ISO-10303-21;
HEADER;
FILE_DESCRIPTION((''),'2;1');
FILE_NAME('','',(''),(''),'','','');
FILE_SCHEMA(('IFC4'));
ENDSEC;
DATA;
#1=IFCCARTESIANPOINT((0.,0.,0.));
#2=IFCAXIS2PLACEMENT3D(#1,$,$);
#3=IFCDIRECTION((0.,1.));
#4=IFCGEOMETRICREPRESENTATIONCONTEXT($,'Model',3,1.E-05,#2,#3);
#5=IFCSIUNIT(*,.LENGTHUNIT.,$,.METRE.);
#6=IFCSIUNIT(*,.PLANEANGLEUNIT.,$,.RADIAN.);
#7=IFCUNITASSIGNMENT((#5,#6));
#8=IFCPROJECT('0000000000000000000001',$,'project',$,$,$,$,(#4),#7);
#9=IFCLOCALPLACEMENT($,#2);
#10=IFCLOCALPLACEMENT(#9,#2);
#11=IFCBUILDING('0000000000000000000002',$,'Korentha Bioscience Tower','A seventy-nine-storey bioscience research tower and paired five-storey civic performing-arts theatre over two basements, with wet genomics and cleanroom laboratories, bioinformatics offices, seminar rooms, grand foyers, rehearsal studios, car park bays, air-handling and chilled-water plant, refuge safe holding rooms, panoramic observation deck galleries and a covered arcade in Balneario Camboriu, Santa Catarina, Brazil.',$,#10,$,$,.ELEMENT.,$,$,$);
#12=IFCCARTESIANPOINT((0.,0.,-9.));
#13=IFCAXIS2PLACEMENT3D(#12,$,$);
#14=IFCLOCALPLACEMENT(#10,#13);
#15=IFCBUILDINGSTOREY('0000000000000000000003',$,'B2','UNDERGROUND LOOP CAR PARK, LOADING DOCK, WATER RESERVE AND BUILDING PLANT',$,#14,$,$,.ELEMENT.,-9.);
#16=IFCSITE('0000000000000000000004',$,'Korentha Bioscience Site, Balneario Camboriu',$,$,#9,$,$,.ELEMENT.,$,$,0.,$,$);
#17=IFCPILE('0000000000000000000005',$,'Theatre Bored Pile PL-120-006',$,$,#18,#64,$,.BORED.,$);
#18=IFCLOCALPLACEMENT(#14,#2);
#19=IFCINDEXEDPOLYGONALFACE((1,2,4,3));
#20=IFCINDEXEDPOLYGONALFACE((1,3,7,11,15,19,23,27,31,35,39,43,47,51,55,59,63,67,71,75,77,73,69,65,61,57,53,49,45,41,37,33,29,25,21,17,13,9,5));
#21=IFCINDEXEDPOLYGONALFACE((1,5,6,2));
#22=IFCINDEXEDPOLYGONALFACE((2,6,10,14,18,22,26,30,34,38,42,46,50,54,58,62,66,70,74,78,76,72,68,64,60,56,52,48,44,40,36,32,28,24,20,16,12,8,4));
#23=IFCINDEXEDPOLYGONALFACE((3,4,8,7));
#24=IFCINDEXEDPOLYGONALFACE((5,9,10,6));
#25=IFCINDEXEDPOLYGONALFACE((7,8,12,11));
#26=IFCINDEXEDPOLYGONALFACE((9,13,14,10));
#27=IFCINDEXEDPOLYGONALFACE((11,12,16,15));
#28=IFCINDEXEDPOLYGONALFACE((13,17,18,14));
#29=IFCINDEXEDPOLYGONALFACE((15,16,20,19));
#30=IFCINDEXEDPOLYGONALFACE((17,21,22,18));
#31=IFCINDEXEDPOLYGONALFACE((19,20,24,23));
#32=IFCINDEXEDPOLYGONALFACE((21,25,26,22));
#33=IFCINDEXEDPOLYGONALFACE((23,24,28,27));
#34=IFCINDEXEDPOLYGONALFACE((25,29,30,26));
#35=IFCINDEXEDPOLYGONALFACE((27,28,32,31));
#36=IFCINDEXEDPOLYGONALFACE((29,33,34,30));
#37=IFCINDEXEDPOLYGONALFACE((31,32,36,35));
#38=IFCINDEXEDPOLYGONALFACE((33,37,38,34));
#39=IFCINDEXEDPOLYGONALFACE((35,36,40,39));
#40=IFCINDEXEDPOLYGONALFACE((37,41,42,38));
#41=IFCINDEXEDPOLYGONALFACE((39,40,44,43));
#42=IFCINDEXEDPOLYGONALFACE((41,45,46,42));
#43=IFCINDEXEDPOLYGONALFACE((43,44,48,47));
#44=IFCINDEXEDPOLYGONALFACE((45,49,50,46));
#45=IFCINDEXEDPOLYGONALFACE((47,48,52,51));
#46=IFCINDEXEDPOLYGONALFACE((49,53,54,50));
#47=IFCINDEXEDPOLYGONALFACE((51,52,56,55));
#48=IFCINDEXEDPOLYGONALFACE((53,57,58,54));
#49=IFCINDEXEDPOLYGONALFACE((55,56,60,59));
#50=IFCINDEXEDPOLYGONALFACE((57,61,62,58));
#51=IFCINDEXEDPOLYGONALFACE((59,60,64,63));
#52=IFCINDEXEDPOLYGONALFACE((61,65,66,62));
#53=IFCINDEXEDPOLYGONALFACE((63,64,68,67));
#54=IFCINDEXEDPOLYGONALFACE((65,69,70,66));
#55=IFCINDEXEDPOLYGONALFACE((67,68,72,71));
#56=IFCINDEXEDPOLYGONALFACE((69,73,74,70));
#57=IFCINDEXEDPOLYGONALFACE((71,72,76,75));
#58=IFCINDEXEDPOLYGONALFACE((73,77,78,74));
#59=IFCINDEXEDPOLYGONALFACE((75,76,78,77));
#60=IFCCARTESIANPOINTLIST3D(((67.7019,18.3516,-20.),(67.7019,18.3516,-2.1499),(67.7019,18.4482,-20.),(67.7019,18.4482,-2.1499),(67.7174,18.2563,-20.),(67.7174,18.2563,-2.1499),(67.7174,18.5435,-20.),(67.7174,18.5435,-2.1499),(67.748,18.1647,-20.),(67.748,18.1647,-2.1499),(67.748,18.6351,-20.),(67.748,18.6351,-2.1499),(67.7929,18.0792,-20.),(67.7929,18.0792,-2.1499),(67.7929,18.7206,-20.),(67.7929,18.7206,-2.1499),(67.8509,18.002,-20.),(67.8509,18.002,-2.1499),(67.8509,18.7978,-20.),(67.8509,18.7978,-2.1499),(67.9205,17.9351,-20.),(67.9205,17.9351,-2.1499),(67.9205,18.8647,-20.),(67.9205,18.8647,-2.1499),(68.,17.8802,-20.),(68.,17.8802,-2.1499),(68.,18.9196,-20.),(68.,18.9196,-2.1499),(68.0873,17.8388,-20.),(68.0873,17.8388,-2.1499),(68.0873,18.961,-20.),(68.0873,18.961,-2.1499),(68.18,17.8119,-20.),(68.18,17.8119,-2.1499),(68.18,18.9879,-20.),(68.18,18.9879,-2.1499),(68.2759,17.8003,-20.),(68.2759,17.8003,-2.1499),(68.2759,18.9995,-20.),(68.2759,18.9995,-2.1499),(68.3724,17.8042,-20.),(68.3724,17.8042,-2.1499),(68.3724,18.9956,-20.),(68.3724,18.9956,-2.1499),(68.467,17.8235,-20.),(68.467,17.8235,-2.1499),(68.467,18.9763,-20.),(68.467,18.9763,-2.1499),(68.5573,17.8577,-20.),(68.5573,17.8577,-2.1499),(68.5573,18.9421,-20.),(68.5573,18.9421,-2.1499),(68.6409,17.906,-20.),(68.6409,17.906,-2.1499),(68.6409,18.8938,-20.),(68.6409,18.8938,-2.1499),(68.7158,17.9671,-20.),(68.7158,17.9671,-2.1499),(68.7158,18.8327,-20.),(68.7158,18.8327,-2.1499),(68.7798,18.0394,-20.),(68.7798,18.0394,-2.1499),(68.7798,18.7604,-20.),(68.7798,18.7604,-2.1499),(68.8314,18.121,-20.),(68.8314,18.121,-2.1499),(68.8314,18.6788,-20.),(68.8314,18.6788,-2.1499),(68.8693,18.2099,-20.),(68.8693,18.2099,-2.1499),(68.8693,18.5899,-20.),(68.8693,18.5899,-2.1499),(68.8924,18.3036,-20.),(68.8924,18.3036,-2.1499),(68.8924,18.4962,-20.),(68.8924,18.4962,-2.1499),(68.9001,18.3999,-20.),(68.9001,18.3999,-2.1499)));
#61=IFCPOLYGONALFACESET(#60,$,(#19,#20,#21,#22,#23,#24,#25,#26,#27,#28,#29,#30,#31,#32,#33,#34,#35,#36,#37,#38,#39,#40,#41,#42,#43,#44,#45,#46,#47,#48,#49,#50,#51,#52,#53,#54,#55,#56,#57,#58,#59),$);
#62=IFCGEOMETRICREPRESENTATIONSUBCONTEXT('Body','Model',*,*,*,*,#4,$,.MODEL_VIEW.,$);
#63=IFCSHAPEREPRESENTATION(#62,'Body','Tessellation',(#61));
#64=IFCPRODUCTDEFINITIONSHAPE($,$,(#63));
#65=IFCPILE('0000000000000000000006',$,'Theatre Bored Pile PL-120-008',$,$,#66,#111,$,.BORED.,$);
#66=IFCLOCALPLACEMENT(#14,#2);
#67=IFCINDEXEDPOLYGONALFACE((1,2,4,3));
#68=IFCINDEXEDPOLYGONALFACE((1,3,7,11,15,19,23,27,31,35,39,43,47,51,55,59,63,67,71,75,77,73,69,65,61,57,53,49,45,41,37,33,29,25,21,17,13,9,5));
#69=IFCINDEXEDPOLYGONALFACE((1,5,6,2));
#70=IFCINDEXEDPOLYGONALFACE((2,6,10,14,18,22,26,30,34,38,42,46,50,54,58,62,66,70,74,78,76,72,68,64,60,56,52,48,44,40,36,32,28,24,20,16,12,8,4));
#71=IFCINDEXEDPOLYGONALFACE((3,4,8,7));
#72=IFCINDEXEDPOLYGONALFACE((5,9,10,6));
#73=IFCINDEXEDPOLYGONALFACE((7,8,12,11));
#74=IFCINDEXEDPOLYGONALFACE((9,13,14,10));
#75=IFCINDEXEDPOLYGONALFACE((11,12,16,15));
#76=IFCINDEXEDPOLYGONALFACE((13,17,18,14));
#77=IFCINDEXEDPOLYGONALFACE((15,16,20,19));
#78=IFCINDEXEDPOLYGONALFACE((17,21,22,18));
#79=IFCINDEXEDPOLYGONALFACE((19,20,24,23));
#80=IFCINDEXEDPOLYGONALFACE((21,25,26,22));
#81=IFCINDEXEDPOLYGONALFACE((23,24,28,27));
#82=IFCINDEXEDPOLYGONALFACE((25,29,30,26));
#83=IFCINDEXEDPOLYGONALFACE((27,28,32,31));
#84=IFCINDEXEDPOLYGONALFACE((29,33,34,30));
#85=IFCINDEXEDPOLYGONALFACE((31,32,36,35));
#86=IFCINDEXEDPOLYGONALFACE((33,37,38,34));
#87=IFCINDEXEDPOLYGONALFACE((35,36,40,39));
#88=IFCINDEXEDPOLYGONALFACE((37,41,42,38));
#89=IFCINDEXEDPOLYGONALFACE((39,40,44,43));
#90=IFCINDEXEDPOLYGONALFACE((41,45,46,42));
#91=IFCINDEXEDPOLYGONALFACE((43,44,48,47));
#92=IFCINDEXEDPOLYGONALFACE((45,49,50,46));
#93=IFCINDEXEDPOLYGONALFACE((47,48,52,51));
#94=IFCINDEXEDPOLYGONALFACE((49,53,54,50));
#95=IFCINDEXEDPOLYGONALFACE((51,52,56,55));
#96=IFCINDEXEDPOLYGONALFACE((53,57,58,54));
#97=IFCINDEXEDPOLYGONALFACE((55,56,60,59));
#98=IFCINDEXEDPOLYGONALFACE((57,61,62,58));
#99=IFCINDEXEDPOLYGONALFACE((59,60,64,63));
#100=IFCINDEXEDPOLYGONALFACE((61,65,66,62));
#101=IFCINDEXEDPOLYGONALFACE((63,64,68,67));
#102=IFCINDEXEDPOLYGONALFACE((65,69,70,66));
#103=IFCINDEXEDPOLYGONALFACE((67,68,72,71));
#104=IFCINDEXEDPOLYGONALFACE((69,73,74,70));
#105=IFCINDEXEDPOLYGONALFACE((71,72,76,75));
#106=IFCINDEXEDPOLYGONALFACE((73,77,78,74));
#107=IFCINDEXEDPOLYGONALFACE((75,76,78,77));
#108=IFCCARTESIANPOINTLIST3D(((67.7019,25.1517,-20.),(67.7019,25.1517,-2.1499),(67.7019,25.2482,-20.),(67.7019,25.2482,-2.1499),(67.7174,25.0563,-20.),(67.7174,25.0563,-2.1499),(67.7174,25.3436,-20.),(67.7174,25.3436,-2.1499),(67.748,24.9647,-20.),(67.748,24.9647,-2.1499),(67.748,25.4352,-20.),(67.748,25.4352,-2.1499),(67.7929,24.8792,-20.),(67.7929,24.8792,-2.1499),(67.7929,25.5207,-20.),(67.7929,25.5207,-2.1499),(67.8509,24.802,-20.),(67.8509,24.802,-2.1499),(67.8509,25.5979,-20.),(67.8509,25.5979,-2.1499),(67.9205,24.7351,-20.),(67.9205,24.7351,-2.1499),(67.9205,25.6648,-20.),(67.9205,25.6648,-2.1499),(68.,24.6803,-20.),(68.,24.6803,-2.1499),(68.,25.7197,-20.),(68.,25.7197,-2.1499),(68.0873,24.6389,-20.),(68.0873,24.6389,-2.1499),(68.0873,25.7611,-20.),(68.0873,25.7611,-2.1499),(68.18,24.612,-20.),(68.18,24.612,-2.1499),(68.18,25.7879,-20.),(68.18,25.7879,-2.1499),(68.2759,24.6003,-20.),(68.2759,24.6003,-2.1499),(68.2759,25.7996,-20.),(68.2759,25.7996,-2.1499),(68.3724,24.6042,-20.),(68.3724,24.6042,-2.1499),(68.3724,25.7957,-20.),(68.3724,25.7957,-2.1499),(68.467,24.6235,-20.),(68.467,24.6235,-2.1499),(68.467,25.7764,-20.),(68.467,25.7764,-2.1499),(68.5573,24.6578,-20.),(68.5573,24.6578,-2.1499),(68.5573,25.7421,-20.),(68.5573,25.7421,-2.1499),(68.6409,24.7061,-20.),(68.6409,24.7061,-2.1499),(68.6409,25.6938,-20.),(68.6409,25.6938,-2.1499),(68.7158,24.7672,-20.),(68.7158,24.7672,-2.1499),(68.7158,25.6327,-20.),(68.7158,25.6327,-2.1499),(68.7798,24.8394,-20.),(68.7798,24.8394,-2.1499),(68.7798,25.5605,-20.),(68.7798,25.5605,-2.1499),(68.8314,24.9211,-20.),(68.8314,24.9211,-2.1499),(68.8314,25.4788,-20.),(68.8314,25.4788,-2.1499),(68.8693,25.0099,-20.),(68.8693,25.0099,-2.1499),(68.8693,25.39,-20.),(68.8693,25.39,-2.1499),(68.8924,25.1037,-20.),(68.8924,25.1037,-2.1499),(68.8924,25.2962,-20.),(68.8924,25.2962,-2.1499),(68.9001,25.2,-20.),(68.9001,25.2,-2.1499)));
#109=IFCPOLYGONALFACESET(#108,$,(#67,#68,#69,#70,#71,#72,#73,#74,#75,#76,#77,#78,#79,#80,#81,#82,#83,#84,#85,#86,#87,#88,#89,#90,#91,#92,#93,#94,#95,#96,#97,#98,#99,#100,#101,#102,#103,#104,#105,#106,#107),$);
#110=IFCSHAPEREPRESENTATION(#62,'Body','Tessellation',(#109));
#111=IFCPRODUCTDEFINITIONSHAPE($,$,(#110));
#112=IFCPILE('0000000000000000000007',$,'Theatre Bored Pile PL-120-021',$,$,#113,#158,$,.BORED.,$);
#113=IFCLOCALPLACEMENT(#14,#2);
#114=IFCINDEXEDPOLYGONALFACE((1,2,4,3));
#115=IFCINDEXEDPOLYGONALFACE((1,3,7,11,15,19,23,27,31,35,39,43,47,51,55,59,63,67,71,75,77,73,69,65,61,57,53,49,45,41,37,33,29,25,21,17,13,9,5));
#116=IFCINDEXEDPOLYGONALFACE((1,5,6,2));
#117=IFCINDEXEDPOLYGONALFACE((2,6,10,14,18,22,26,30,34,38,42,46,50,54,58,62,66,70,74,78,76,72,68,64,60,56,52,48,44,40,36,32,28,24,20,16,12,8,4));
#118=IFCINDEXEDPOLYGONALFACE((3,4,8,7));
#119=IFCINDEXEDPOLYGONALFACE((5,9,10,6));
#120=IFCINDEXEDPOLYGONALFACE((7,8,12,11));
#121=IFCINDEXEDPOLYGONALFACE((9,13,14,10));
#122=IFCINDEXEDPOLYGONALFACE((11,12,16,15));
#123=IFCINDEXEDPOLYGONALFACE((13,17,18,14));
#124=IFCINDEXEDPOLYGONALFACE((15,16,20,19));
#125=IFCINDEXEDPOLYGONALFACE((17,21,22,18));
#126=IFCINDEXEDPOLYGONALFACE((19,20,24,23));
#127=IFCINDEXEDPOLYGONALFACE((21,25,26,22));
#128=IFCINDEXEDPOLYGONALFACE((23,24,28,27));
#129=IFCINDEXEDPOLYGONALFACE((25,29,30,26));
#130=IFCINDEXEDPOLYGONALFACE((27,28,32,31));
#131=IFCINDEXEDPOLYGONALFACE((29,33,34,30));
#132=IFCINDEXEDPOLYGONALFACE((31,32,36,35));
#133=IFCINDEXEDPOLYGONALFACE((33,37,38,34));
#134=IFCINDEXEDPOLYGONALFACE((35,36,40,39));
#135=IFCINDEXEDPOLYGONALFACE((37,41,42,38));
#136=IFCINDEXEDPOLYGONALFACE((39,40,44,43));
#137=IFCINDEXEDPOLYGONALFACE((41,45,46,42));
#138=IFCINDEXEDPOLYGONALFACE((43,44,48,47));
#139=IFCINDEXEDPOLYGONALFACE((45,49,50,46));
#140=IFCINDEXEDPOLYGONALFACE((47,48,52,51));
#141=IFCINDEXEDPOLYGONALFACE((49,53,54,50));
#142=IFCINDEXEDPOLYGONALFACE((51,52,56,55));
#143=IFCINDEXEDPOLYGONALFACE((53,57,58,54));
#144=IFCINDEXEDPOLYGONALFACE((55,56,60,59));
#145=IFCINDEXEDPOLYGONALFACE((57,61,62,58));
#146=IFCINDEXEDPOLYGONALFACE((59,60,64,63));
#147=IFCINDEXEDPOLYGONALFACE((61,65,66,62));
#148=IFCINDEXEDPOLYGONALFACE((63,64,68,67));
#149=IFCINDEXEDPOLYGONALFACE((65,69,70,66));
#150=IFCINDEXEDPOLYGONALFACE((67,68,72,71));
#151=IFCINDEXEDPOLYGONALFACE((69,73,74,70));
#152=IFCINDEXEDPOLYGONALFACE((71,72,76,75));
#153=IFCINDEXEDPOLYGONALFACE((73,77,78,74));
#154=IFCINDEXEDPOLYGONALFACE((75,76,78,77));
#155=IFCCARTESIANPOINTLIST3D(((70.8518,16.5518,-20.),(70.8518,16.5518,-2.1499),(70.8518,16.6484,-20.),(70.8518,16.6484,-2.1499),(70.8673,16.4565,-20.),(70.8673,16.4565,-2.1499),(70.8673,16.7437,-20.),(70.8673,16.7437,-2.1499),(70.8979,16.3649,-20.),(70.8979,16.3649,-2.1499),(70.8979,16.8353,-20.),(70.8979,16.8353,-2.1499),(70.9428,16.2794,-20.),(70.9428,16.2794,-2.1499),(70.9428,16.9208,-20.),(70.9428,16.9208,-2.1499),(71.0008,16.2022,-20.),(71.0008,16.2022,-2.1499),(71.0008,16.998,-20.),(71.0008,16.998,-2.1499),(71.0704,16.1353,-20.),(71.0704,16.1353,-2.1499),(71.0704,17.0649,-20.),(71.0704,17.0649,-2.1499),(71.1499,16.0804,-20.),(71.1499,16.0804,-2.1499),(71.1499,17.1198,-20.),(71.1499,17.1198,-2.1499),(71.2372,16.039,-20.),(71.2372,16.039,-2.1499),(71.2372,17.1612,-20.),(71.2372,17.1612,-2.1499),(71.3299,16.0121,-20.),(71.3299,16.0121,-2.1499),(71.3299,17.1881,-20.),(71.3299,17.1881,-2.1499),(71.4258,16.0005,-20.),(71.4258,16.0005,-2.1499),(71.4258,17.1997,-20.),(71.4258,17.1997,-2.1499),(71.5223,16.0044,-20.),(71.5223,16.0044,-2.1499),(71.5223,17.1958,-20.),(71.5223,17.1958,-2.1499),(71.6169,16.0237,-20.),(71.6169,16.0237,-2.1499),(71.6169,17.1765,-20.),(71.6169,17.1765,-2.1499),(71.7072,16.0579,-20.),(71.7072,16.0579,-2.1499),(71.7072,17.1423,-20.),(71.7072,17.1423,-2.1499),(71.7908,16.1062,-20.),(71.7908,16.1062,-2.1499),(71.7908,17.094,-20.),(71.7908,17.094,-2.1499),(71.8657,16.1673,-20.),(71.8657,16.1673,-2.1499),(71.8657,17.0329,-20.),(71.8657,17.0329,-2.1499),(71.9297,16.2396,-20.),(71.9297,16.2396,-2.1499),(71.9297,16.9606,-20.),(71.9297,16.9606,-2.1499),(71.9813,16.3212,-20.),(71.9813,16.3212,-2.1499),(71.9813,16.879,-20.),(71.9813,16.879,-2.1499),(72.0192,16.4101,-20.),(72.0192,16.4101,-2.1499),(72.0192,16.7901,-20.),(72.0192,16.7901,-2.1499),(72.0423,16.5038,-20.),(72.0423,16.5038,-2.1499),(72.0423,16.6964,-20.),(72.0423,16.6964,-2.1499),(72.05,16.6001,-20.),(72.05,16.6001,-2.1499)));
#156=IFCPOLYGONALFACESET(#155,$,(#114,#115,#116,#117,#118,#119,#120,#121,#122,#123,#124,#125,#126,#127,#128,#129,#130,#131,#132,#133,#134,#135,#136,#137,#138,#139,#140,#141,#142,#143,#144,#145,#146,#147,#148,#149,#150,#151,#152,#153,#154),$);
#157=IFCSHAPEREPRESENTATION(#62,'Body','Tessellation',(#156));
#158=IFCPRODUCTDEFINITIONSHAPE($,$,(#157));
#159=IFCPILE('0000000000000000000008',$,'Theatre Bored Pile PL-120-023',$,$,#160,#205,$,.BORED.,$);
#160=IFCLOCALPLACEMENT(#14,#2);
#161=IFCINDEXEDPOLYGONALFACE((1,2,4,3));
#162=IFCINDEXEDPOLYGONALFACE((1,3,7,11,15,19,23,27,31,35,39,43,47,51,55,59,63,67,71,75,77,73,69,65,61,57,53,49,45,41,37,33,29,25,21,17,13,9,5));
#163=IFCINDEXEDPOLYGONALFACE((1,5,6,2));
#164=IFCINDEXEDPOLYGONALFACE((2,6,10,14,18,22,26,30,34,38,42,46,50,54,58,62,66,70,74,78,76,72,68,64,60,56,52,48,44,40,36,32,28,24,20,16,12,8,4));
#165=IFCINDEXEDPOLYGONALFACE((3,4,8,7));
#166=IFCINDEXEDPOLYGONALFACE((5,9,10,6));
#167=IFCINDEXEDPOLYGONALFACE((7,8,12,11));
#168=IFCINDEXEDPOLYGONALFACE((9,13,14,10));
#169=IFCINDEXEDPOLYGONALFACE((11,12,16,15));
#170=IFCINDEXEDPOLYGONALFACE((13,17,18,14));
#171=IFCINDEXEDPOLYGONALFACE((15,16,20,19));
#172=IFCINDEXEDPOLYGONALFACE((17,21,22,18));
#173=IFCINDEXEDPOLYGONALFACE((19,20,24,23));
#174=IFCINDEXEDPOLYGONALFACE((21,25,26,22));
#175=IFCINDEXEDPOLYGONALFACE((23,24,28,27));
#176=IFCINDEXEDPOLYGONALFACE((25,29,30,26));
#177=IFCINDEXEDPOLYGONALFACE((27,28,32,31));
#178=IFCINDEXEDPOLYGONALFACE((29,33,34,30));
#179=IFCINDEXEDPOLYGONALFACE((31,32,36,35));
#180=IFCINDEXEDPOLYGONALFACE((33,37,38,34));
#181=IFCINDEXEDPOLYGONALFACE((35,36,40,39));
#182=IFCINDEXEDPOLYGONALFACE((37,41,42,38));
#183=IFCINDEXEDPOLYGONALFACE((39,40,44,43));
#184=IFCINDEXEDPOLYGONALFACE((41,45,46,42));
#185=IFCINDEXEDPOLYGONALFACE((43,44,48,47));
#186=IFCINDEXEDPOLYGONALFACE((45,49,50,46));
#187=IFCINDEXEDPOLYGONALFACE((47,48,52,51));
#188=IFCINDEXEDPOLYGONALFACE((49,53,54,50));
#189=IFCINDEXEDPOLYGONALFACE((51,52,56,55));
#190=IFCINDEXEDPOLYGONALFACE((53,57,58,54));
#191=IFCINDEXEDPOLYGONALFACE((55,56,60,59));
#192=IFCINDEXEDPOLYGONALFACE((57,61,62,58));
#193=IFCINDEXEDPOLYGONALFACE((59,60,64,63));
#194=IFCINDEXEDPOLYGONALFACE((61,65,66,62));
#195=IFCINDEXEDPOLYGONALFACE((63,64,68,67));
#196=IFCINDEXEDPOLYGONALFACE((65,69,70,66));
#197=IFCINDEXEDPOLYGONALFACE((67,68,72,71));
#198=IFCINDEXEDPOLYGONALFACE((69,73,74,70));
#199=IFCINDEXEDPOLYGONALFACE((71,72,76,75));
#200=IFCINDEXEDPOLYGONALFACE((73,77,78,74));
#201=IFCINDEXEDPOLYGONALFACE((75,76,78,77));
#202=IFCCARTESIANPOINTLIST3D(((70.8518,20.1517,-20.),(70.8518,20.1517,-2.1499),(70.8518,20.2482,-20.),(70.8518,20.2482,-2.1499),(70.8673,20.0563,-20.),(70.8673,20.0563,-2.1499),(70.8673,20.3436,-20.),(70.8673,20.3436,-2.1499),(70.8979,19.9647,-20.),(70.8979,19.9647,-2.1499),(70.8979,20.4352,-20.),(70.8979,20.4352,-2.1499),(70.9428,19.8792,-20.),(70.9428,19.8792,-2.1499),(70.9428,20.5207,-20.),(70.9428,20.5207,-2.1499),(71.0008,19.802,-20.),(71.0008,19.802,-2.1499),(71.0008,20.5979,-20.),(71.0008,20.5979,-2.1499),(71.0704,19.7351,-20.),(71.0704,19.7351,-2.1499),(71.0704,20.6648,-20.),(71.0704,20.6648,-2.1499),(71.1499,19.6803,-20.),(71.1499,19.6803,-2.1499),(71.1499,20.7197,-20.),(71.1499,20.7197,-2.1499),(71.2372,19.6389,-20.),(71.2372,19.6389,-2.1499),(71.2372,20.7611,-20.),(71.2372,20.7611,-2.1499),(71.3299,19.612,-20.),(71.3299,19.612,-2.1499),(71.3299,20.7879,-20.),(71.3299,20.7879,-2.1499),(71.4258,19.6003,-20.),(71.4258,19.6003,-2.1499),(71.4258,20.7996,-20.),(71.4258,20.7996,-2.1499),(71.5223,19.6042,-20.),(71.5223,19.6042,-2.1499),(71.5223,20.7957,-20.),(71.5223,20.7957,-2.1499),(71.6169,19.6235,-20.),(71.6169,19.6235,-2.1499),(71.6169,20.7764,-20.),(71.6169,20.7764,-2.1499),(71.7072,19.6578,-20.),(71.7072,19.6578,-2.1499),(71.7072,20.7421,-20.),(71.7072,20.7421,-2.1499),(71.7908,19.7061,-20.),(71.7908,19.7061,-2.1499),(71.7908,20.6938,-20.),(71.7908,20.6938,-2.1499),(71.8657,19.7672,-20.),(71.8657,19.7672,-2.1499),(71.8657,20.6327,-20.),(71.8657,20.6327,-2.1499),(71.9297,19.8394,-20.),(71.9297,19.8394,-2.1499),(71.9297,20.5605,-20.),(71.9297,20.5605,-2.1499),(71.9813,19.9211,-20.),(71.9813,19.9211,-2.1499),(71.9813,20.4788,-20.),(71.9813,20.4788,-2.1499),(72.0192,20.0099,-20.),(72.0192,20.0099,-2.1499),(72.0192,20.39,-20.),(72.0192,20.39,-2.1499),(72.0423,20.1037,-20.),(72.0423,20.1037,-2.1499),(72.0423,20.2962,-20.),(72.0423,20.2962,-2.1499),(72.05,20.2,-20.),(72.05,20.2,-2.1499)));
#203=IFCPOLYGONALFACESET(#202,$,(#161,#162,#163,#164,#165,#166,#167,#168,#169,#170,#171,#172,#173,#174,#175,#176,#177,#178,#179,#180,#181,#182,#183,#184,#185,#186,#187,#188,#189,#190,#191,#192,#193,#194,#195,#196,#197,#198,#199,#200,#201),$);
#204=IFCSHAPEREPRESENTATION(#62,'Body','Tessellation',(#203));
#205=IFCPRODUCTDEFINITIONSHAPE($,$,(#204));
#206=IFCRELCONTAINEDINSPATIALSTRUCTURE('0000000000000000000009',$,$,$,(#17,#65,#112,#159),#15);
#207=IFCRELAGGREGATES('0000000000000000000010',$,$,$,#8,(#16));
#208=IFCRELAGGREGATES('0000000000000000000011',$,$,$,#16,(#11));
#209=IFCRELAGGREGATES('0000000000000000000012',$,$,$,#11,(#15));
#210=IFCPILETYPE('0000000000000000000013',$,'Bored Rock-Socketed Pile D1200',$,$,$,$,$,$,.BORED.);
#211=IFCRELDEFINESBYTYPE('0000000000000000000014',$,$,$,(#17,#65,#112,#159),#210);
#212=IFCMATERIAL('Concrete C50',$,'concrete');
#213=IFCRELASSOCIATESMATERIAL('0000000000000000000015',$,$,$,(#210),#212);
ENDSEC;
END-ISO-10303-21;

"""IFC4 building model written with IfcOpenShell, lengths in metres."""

from ifc_helpers import new_model, si_unit, direction, frame, origin, origin_2d, place, context, subcontext, project, spatial, circle, extrude, material, material_profile, profile_set, type_object, element, save


model = new_model("IFC4")

# Units and contexts
model_context = context("Model", 3, precision=1e-05, world=origin(), true_north=direction((0.0, 1.0)))
body_context = subcontext(model_context, "Body", "Model", "MODEL_VIEW")
ifc_project = project(units=[si_unit("LENGTHUNIT", "METRE"), si_unit("PLANEANGLEUNIT", "RADIAN")], contexts=[model_context])

# Site, building, storey
site_placement = place(None, origin())
site = spatial("IfcSite", under=ifc_project, at=site_placement, Name="Korentha Bioscience Site, Balneario Camboriu", CompositionType="ELEMENT", RefElevation=0.0)
building_placement = place(site_placement, origin())
building = spatial("IfcBuilding", under=site, at=building_placement, Name="Korentha Bioscience Tower", Description="A seventy-nine-storey bioscience research tower and paired five-storey civic performing-arts theatre over two basements, with wet genomics and cleanroom laboratories, bioinformatics offices, seminar rooms, grand foyers, rehearsal studios, car park bays, air-handling and chilled-water plant, refuge safe holding rooms, panoramic observation deck galleries and a covered arcade in Balneario Camboriu, Santa Catarina, Brazil.", CompositionType="ELEMENT")
storey_placement = place(building_placement, frame((0.0, 0.0, -9.0)))
storey = spatial("IfcBuildingStorey", under=building, at=storey_placement, Name="B2", Description="UNDERGROUND LOOP CAR PARK, LOADING DOCK, WATER RESERVE AND BUILDING PLANT", CompositionType="ELEMENT", Elevation=-9.0)

# Piles
ifc_material_1 = material(Name="Concrete C50", Category="concrete")
ifc_material_profile_1 = material_profile(ifc_material_1, circle(Radius=0.6001, at=origin_2d()), Name="Concrete C50")
ifc_profile_set_1 = profile_set([ifc_material_profile_1], Name="Concrete C50 (PL-120)")
pile_type = type_object("IfcPileType", Name="Bored Rock-Socketed Pile D1200", PredefinedType="BORED", material=ifc_profile_set_1)
for number, where, z_axis, x_axis, name in (
    (1, (68.3, 18.3999, -2.1499), (0.0, 0.0, -1.0), (1.0, 0.0, 0.0), "Theatre Bored Pile PL-120-006"),
    (2, (68.3, 25.2, -2.1499), (0.0, 0.0, -1.0), (1.0, 0.0, 0.0), "Theatre Bored Pile PL-120-008"),
    (3, (71.45, 16.6001, -2.1499), (0.0, 0.0, -1.0), (1.0, 0.0, 0.0), "Theatre Bored Pile PL-120-021"),
    (4, (71.45, 20.2, -2.1499), (0.0, 0.0, -1.0), (1.0, 0.0, 0.0), "Theatre Bored Pile PL-120-023"),
):
    element("IfcPile", number, at=place(storey_placement, frame(where, z_axis=z_axis, x_axis=x_axis)), inside=storey, type_object=pile_type, Name=name, PredefinedType="BORED", context=body_context, shape_type="SweptSolid", body=[
        extrude(circle(Radius=0.6001, at=origin_2d()), origin(), (0.0, 0.0, 1.0), 17.8501),
    ])

save(model, "model.ifc")
